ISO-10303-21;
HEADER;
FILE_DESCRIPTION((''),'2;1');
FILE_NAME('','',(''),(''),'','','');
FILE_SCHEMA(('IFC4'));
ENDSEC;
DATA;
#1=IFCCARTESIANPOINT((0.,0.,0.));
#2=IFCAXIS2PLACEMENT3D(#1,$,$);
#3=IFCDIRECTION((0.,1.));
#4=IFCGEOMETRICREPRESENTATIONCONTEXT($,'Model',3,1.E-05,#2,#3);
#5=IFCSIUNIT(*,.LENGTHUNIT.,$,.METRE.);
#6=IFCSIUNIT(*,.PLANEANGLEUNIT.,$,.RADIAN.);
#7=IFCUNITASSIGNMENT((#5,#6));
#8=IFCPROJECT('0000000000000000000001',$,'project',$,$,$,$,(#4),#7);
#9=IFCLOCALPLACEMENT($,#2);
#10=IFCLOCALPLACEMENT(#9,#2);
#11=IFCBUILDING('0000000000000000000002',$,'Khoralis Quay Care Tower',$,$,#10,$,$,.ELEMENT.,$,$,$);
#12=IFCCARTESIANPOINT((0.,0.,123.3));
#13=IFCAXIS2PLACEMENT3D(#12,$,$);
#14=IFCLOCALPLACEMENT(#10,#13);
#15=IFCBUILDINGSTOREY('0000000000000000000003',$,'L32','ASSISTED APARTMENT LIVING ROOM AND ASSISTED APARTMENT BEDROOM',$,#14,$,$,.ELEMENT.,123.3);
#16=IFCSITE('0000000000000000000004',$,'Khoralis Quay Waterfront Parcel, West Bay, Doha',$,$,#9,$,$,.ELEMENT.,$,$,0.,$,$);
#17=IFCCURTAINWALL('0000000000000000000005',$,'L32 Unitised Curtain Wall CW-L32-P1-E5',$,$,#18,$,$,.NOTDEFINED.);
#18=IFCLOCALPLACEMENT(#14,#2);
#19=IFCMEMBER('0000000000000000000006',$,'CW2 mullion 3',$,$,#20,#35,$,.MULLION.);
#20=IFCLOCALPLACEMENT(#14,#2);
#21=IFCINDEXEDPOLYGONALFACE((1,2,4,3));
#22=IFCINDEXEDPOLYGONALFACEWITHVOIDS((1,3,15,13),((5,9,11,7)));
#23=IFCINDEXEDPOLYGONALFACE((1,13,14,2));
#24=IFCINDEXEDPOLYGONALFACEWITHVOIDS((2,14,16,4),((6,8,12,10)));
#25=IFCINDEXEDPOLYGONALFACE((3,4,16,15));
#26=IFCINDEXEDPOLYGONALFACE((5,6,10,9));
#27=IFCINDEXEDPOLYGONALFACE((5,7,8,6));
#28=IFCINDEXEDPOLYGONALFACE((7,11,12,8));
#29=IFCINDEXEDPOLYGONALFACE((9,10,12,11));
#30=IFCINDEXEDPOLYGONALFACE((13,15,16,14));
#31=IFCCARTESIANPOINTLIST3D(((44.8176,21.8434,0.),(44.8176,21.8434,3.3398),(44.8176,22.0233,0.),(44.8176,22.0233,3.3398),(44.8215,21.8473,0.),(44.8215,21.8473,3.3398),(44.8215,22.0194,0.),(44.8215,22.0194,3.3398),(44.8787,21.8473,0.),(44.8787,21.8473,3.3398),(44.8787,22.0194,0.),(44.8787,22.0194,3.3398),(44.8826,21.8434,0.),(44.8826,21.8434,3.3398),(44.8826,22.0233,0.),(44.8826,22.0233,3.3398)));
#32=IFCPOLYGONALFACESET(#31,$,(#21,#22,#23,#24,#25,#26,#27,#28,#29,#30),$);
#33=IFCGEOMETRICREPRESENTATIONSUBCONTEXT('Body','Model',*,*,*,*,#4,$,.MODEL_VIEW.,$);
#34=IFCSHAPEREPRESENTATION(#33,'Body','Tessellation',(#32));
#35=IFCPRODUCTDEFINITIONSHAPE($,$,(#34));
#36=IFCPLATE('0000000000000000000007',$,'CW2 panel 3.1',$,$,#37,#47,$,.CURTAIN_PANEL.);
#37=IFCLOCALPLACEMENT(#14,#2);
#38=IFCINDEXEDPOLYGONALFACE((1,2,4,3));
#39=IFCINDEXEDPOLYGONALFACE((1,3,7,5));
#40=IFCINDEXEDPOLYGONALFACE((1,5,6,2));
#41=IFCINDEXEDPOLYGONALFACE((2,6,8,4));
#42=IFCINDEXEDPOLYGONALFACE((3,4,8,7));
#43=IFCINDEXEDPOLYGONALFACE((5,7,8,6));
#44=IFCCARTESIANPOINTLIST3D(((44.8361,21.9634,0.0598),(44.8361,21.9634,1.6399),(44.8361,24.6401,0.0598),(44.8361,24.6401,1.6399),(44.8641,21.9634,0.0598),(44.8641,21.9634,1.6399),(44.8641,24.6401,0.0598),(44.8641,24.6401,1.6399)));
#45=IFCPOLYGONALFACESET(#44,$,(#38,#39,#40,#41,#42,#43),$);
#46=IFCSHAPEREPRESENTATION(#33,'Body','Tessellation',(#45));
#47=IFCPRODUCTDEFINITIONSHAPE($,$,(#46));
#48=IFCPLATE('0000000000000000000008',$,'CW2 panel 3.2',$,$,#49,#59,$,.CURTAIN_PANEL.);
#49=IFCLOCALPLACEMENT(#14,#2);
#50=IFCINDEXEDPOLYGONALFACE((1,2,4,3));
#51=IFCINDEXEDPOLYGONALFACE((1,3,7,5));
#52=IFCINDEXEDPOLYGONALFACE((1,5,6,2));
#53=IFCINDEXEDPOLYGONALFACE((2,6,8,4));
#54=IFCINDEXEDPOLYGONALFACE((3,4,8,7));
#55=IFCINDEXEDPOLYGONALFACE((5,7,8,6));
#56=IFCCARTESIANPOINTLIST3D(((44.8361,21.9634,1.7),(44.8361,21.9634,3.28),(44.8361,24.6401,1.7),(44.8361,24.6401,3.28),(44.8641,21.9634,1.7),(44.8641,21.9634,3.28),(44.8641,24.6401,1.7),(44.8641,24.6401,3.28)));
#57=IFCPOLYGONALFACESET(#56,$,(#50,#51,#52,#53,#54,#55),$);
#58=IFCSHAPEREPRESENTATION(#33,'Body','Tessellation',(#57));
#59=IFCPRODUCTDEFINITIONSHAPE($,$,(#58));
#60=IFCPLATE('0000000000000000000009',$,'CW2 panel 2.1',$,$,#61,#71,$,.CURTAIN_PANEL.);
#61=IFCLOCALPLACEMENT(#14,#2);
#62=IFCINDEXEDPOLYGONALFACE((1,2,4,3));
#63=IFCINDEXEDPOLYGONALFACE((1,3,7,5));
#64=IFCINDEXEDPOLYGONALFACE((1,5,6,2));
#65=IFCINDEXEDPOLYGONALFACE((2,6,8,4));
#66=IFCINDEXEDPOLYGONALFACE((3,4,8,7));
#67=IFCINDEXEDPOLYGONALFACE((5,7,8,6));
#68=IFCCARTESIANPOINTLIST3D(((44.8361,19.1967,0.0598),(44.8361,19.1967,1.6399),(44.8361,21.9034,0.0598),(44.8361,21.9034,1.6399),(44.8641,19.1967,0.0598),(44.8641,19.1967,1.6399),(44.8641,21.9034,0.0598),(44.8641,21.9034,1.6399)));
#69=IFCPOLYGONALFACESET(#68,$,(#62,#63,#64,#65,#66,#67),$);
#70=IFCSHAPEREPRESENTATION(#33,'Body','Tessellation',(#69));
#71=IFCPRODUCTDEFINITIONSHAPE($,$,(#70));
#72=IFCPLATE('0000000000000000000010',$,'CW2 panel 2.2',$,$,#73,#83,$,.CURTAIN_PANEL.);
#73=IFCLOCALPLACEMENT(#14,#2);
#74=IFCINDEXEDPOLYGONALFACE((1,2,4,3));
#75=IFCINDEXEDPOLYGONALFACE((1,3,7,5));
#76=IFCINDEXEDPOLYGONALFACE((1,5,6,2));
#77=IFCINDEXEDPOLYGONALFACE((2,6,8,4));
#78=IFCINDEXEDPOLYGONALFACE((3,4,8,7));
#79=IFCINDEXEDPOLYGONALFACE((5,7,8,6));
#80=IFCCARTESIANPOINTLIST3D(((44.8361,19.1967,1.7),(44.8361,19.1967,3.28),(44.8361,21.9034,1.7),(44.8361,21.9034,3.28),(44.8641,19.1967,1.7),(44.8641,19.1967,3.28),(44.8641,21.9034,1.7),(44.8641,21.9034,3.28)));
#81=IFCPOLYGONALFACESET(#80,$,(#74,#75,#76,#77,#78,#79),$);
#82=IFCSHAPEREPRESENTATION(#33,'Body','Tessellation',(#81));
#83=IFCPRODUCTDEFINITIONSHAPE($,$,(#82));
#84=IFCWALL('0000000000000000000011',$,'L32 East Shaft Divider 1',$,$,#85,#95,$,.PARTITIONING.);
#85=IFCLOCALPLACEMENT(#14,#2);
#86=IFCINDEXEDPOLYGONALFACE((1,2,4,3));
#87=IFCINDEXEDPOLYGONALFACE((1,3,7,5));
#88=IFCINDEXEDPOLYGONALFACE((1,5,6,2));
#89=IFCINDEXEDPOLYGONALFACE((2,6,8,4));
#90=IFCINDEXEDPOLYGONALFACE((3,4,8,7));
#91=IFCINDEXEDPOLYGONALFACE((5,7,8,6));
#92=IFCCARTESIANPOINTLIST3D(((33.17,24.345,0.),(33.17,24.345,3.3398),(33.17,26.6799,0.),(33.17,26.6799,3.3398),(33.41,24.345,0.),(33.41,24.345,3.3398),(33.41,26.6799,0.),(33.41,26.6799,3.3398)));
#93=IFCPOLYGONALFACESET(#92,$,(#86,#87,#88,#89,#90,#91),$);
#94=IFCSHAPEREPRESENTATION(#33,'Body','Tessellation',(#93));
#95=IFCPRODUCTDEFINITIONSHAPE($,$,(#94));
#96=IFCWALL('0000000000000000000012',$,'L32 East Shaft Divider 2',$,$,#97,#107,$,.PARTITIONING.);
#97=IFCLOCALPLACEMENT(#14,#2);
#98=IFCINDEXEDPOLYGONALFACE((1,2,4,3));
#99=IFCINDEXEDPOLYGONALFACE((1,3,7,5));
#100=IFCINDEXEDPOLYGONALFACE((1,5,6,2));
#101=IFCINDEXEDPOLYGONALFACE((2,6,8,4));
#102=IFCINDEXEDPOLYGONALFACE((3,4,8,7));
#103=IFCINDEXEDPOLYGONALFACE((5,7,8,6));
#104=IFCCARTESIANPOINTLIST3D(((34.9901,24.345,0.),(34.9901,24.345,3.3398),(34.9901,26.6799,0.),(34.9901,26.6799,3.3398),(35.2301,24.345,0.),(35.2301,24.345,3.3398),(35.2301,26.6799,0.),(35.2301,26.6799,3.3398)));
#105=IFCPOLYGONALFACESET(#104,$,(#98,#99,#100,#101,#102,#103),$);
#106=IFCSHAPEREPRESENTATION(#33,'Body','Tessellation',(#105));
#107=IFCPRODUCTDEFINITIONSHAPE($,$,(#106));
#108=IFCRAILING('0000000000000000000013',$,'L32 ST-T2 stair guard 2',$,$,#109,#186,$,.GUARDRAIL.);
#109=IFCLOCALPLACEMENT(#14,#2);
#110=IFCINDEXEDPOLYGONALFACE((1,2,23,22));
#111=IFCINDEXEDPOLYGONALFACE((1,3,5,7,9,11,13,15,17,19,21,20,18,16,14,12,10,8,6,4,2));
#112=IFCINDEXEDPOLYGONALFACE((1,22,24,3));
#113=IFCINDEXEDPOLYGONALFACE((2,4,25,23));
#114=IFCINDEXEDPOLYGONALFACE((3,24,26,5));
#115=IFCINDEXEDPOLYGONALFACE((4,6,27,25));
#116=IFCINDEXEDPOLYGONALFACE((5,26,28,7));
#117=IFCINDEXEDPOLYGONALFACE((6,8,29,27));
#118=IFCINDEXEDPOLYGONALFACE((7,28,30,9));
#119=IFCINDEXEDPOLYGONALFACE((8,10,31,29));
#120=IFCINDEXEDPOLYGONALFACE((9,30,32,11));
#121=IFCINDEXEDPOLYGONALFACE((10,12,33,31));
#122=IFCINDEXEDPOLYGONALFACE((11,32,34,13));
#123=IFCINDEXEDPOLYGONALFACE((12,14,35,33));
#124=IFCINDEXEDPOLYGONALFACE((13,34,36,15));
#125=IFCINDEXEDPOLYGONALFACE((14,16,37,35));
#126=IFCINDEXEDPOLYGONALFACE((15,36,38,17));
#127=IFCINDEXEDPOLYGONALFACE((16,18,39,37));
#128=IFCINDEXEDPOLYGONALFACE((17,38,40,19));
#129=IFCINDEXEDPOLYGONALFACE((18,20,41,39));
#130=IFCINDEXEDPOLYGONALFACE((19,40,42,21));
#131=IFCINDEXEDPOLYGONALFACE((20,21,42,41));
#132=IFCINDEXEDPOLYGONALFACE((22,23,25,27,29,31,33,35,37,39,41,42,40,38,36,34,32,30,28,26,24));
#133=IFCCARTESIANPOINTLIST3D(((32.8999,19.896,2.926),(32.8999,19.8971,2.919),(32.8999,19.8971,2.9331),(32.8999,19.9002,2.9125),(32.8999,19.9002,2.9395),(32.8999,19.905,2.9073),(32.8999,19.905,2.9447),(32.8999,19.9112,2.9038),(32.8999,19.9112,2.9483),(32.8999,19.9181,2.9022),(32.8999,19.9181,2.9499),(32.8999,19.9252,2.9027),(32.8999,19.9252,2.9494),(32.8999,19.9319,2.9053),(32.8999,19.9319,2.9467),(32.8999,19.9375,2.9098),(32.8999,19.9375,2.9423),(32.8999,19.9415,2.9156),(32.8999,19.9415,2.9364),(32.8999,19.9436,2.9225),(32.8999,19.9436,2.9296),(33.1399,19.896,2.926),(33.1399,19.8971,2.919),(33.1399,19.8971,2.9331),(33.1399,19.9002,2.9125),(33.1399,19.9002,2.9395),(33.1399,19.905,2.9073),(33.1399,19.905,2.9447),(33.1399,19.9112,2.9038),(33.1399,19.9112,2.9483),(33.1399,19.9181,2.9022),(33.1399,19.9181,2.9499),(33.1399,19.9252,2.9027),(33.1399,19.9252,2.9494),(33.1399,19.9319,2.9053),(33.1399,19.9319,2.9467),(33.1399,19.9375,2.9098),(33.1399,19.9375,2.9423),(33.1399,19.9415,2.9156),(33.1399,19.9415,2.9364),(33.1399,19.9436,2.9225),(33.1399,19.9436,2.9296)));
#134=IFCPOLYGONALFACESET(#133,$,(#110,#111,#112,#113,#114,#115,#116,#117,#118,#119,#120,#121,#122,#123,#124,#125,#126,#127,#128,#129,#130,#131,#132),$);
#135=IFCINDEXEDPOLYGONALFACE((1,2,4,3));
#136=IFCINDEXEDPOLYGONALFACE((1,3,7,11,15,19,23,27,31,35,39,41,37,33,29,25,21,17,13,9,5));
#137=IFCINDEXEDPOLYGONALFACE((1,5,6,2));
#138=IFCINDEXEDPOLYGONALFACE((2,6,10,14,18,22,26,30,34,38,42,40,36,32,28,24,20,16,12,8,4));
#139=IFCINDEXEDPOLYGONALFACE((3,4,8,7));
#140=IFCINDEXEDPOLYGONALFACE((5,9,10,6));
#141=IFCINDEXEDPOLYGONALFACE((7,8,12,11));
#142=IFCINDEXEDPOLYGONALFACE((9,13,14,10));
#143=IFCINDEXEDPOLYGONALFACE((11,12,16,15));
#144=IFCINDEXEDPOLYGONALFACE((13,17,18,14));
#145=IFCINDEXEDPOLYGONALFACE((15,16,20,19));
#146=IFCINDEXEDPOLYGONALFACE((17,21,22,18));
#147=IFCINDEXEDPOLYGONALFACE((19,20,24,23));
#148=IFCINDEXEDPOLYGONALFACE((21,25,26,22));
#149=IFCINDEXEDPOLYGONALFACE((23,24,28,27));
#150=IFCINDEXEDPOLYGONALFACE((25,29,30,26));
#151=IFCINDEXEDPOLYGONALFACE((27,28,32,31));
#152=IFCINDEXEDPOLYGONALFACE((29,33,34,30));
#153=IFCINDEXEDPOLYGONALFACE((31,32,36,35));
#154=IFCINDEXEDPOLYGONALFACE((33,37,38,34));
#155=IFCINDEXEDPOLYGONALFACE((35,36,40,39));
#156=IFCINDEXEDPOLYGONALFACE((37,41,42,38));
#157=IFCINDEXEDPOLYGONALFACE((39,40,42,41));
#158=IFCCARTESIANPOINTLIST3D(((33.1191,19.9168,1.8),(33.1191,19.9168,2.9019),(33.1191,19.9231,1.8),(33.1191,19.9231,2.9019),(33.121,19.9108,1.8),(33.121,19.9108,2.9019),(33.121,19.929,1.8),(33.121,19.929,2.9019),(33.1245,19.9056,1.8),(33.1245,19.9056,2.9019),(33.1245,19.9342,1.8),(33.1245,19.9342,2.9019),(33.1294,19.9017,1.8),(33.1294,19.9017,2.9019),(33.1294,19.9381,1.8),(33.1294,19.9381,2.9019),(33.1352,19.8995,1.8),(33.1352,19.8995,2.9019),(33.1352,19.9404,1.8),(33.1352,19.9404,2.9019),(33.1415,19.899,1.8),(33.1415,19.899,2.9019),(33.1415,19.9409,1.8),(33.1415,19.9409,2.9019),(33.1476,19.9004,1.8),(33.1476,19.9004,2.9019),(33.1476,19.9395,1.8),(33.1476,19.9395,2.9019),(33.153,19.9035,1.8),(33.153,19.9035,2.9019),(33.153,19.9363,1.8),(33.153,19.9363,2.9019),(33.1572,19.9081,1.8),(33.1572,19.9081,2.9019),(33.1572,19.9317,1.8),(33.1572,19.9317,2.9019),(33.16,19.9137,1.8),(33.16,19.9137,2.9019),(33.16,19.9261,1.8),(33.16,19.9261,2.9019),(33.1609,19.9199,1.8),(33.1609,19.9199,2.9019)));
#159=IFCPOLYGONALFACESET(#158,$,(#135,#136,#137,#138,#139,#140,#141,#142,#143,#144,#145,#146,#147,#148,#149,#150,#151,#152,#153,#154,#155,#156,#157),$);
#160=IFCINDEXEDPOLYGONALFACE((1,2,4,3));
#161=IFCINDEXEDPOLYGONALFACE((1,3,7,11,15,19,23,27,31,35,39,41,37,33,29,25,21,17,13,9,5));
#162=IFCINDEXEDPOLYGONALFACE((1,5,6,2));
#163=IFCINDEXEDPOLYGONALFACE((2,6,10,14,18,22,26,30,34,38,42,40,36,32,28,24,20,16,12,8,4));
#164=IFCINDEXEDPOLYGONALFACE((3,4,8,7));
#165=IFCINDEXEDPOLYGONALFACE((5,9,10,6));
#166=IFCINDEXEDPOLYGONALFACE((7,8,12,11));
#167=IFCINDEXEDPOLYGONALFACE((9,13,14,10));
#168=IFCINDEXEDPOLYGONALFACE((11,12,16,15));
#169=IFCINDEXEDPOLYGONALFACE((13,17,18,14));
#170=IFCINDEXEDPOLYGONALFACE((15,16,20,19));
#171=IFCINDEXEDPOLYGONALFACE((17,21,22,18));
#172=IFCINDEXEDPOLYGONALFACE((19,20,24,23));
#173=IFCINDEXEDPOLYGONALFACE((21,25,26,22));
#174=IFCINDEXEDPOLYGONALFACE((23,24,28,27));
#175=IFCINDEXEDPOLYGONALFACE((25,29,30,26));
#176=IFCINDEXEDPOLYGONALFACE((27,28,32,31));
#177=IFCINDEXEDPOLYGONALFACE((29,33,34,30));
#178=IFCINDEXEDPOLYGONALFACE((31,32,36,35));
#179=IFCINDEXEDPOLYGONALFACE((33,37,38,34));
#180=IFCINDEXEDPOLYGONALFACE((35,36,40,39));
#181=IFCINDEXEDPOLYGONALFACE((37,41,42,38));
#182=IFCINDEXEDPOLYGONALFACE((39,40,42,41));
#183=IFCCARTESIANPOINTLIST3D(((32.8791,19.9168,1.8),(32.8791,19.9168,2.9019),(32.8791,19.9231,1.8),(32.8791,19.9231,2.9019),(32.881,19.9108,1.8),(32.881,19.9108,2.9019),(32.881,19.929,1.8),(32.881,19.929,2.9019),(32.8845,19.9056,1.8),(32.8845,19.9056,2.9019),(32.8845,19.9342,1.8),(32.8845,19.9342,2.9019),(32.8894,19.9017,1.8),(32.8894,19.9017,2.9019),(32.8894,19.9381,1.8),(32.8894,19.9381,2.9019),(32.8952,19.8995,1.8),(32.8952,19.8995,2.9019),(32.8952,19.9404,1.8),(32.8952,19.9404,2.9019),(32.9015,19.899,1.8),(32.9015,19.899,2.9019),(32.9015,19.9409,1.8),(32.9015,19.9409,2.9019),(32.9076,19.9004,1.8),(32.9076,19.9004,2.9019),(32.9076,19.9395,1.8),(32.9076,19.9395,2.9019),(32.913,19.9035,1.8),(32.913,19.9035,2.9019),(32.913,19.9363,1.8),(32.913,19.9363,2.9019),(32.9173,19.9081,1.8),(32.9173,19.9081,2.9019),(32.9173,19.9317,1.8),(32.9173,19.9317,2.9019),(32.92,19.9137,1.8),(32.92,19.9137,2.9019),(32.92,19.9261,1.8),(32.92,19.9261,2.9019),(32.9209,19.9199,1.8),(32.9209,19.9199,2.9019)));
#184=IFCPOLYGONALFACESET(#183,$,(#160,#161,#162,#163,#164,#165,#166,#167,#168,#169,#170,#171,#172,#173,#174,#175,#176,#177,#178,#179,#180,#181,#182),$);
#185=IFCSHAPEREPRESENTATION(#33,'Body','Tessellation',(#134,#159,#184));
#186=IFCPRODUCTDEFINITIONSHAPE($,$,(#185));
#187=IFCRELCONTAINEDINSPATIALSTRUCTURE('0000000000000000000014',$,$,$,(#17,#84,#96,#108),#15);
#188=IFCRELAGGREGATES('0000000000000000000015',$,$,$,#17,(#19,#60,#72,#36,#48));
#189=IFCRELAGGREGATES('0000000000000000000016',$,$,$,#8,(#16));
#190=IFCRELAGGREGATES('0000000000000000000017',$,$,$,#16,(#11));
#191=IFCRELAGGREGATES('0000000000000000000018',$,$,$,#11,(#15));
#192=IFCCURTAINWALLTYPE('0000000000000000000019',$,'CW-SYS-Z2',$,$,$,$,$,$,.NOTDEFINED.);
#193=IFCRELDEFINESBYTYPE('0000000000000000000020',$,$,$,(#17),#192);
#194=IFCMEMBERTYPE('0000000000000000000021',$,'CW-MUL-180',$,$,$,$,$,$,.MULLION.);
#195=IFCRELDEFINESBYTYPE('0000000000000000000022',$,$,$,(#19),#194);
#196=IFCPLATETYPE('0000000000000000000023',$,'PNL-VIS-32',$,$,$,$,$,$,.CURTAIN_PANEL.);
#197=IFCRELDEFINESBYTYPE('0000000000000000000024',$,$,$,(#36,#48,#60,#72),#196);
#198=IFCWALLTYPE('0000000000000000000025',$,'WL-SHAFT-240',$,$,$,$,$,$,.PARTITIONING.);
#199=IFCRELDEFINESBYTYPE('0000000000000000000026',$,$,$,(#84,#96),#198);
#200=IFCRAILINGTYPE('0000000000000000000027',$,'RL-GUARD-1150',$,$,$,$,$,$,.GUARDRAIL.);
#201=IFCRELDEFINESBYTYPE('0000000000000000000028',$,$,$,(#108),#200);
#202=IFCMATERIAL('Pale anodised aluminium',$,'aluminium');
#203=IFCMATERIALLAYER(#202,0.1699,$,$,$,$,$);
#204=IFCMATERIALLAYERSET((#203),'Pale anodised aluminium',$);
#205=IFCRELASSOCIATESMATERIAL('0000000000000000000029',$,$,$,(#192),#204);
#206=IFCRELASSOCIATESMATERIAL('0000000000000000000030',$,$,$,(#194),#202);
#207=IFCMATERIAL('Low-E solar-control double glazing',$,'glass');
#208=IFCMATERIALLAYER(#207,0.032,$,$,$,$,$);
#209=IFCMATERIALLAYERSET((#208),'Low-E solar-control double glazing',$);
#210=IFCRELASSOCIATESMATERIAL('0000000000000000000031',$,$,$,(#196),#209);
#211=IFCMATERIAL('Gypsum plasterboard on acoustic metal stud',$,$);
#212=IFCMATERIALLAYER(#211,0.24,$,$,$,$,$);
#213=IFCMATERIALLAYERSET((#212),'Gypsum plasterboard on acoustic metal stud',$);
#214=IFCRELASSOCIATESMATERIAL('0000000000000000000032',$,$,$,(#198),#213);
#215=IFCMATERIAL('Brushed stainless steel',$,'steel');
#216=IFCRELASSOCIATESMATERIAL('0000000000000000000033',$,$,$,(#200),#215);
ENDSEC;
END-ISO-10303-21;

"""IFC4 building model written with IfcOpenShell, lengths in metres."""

from ifc_helpers import new_model, si_unit, direction, frame, frame_2d, origin, origin_2d, place, context, subcontext, project, spatial, rectangle, hollow_rectangle, circle, extrude, source, transform, mapped, material, layer, layer_set, material_profile, profile_set, type_object, element, aggregate, save


model = new_model("IFC4")

# Units and contexts
model_context = context("Model", 3, precision=1e-05, world=origin(), true_north=direction((0.0, 1.0)))
body_context = subcontext(model_context, "Body", "Model", "MODEL_VIEW")
ifc_project = project(units=[si_unit("LENGTHUNIT", "METRE"), si_unit("PLANEANGLEUNIT", "RADIAN")], contexts=[model_context])

# Site, building, storey
site_placement = place(None, origin())
site = spatial("IfcSite", under=ifc_project, at=site_placement, Name="Khoralis Quay Waterfront Parcel, West Bay, Doha", CompositionType="ELEMENT", RefElevation=0.0)
building_placement = place(site_placement, origin())
building = spatial("IfcBuilding", under=site, at=building_placement, Name="Khoralis Quay Care Tower", CompositionType="ELEMENT")
storey_placement = place(building_placement, frame((0.0, 0.0, 123.3)))
storey = spatial("IfcBuildingStorey", under=building, at=storey_placement, Name="L32", Description="ASSISTED APARTMENT LIVING ROOM AND ASSISTED APARTMENT BEDROOM", CompositionType="ELEMENT", Elevation=123.3)

# Curtain wall, member, plates
ifc_material_1 = material(Name="Pale anodised aluminium", Category="aluminium")
ifc_layer_1 = layer(ifc_material_1, 0.1699)
ifc_layer_set_1 = layer_set([ifc_layer_1], Name="Pale anodised aluminium")
curtain_wall_type = type_object("IfcCurtainWallType", Name="CW-SYS-Z2", PredefinedType="NOTDEFINED", material=ifc_layer_set_1)
curtain_wall_placement = place(storey_placement, origin())
curtain_wall = element("IfcCurtainWall", 1, at=curtain_wall_placement, inside=storey, type_object=curtain_wall_type, Name="L32 Unitised Curtain Wall CW-L32-P1-E5", PredefinedType="NOTDEFINED")
ifc_material_profile_1 = material_profile(ifc_material_1, hollow_rectangle(XDim=0.0649, YDim=0.1799, WallThickness=0.0039, at=origin_2d()), Name="Pale anodised aluminium")
ifc_profile_set_1 = profile_set([ifc_material_profile_1], Name="Pale anodised aluminium")
member_type_1 = type_object("IfcMemberType", Name="CW-MUL-180", PredefinedType="MULLION", material=ifc_profile_set_1)
shared_shape_1 = source(origin(), body_context, "Body", "SweptSolid", [
    extrude(hollow_rectangle(XDim=0.0649, YDim=0.1799, WallThickness=0.0039, at=origin_2d()), origin(), (0.0, 0.0, 1.0), 3.3398),
])
member_1_placement = place(storey_placement, frame((44.8501, 21.9333, 0.0), z_axis=(0.0, 0.0, 1.0), x_axis=(-1.0, 0.0, 0.0)))
member_1 = element("IfcMember", 2, at=member_1_placement, type_object=member_type_1, Name="CW2 mullion 3", PredefinedType="MULLION", context=body_context, shape_type="MappedRepresentation", body=[
    mapped(shared_shape_1, transform((0.0, 0.0, 0.0), scale=1.0)),
])
ifc_material_2 = material(Name="Low-E solar-control double glazing", Category="glass")
ifc_layer_2 = layer(ifc_material_2, 0.032)
ifc_layer_set_2 = layer_set([ifc_layer_2], Name="Low-E solar-control double glazing")
plate_type = type_object("IfcPlateType", Name="PNL-VIS-32", PredefinedType="CURTAIN_PANEL", material=ifc_layer_set_2)
shared_shape_2 = source(origin(), body_context, "Body", "SweptSolid", [
    extrude(rectangle(XDim=2.6768, YDim=0.0281, at=origin_2d()), origin(), (0.0, 0.0, 1.0), 1.5801),
])
plate_1_placement = place(storey_placement, frame((44.8501, 23.3018, 0.0598), z_axis=(0.0, 0.0, 1.0), x_axis=(0.0, 1.0, 0.0)))
plate_1 = element("IfcPlate", 3, at=plate_1_placement, type_object=plate_type, Name="CW2 panel 3.1", PredefinedType="CURTAIN_PANEL", context=body_context, shape_type="MappedRepresentation", body=[
    mapped(shared_shape_2, transform((0.0, 0.0, 0.0), scale=1.0)),
])
plate_2_placement = place(storey_placement, frame((44.8501, 23.3018, 1.7), z_axis=(0.0, 0.0, 1.0), x_axis=(0.0, 1.0, 0.0)))
plate_2 = element("IfcPlate", 4, at=plate_2_placement, type_object=plate_type, Name="CW2 panel 3.2", PredefinedType="CURTAIN_PANEL", context=body_context, shape_type="MappedRepresentation", body=[
    mapped(shared_shape_2, transform((0.0, 0.0, 0.0), scale=1.0)),
])
shared_shape_3 = source(origin(), body_context, "Body", "SweptSolid", [
    extrude(rectangle(XDim=2.7068, YDim=0.0281, at=origin_2d()), origin(), (0.0, 0.0, 1.0), 1.5801),
])
plate_3_placement = place(storey_placement, frame((44.8501, 20.55, 0.0598), z_axis=(0.0, 0.0, 1.0), x_axis=(0.0, 1.0, 0.0)))
plate_3 = element("IfcPlate", 5, at=plate_3_placement, type_object=plate_type, Name="CW2 panel 2.1", PredefinedType="CURTAIN_PANEL", context=body_context, shape_type="MappedRepresentation", body=[
    mapped(shared_shape_3, transform((0.0, 0.0, 0.0), scale=1.0)),
])
plate_4_placement = place(storey_placement, frame((44.8501, 20.55, 1.7), z_axis=(0.0, 0.0, 1.0), x_axis=(0.0, 1.0, 0.0)))
plate_4 = element("IfcPlate", 6, at=plate_4_placement, type_object=plate_type, Name="CW2 panel 2.2", PredefinedType="CURTAIN_PANEL", context=body_context, shape_type="MappedRepresentation", body=[
    mapped(shared_shape_3, transform((0.0, 0.0, 0.0), scale=1.0)),
])
aggregate(curtain_wall, [member_1, plate_3, plate_4, plate_1, plate_2])

# Walls
ifc_material_3 = material(Name="Gypsum plasterboard on acoustic metal stud")
ifc_layer_3 = layer(ifc_material_3, 0.24)
ifc_layer_set_3 = layer_set([ifc_layer_3], Name="Gypsum plasterboard on acoustic metal stud")
wall_type = type_object("IfcWallType", Name="WL-SHAFT-240", PredefinedType="PARTITIONING", material=ifc_layer_set_3)
for number, where, z_axis, x_axis, name in (
    (7, (33.29, 24.345, 0.0), (0.0, 0.0, 1.0), (0.0, 1.0, 0.0), "L32 East Shaft Divider 1"),
    (8, (35.1101, 24.345, 0.0), (0.0, 0.0, 1.0), (0.0, 1.0, 0.0), "L32 East Shaft Divider 2"),
):
    element("IfcWall", number, at=place(storey_placement, frame(where, z_axis=z_axis, x_axis=x_axis)), inside=storey, type_object=wall_type, Name=name, PredefinedType="PARTITIONING", context=body_context, shape_type="SweptSolid", body=[
        extrude(rectangle(XDim=2.335, YDim=0.24, at=frame_2d((1.1675, 0.0))), origin(), (0.0, 0.0, 1.0), 3.3398),
    ])

# Railing
ifc_material_4 = material(Name="Brushed stainless steel", Category="steel")
railing_type = type_object("IfcRailingType", Name="RL-GUARD-1150", PredefinedType="GUARDRAIL", material=ifc_material_4)
railing_1_placement = place(storey_placement, frame((33.1399, 19.9199, 1.8)))
element("IfcRailing", 9, at=railing_1_placement, inside=storey, type_object=railing_type, Name="L32 ST-T2 stair guard 2", PredefinedType="GUARDRAIL", context=body_context, shape_type="SweptSolid", body=[
    extrude(circle(Radius=0.0239, at=origin_2d()), frame((0.0, 0.0, 1.126), z_axis=(-1.0, 0.0, 0.0), x_axis=(0.0, -1.0, 0.0)), (0.0, 0.0, 1.0), 0.24),
    extrude(circle(Radius=0.021, at=origin_2d()), origin(), (0.0, 0.0, 1.0), 1.1018),
    extrude(circle(Radius=0.021, at=origin_2d()), frame((-0.24, 0.0, 0.0)), (0.0, 0.0, 1.0), 1.1018),
])

save(model, "model.ifc")
